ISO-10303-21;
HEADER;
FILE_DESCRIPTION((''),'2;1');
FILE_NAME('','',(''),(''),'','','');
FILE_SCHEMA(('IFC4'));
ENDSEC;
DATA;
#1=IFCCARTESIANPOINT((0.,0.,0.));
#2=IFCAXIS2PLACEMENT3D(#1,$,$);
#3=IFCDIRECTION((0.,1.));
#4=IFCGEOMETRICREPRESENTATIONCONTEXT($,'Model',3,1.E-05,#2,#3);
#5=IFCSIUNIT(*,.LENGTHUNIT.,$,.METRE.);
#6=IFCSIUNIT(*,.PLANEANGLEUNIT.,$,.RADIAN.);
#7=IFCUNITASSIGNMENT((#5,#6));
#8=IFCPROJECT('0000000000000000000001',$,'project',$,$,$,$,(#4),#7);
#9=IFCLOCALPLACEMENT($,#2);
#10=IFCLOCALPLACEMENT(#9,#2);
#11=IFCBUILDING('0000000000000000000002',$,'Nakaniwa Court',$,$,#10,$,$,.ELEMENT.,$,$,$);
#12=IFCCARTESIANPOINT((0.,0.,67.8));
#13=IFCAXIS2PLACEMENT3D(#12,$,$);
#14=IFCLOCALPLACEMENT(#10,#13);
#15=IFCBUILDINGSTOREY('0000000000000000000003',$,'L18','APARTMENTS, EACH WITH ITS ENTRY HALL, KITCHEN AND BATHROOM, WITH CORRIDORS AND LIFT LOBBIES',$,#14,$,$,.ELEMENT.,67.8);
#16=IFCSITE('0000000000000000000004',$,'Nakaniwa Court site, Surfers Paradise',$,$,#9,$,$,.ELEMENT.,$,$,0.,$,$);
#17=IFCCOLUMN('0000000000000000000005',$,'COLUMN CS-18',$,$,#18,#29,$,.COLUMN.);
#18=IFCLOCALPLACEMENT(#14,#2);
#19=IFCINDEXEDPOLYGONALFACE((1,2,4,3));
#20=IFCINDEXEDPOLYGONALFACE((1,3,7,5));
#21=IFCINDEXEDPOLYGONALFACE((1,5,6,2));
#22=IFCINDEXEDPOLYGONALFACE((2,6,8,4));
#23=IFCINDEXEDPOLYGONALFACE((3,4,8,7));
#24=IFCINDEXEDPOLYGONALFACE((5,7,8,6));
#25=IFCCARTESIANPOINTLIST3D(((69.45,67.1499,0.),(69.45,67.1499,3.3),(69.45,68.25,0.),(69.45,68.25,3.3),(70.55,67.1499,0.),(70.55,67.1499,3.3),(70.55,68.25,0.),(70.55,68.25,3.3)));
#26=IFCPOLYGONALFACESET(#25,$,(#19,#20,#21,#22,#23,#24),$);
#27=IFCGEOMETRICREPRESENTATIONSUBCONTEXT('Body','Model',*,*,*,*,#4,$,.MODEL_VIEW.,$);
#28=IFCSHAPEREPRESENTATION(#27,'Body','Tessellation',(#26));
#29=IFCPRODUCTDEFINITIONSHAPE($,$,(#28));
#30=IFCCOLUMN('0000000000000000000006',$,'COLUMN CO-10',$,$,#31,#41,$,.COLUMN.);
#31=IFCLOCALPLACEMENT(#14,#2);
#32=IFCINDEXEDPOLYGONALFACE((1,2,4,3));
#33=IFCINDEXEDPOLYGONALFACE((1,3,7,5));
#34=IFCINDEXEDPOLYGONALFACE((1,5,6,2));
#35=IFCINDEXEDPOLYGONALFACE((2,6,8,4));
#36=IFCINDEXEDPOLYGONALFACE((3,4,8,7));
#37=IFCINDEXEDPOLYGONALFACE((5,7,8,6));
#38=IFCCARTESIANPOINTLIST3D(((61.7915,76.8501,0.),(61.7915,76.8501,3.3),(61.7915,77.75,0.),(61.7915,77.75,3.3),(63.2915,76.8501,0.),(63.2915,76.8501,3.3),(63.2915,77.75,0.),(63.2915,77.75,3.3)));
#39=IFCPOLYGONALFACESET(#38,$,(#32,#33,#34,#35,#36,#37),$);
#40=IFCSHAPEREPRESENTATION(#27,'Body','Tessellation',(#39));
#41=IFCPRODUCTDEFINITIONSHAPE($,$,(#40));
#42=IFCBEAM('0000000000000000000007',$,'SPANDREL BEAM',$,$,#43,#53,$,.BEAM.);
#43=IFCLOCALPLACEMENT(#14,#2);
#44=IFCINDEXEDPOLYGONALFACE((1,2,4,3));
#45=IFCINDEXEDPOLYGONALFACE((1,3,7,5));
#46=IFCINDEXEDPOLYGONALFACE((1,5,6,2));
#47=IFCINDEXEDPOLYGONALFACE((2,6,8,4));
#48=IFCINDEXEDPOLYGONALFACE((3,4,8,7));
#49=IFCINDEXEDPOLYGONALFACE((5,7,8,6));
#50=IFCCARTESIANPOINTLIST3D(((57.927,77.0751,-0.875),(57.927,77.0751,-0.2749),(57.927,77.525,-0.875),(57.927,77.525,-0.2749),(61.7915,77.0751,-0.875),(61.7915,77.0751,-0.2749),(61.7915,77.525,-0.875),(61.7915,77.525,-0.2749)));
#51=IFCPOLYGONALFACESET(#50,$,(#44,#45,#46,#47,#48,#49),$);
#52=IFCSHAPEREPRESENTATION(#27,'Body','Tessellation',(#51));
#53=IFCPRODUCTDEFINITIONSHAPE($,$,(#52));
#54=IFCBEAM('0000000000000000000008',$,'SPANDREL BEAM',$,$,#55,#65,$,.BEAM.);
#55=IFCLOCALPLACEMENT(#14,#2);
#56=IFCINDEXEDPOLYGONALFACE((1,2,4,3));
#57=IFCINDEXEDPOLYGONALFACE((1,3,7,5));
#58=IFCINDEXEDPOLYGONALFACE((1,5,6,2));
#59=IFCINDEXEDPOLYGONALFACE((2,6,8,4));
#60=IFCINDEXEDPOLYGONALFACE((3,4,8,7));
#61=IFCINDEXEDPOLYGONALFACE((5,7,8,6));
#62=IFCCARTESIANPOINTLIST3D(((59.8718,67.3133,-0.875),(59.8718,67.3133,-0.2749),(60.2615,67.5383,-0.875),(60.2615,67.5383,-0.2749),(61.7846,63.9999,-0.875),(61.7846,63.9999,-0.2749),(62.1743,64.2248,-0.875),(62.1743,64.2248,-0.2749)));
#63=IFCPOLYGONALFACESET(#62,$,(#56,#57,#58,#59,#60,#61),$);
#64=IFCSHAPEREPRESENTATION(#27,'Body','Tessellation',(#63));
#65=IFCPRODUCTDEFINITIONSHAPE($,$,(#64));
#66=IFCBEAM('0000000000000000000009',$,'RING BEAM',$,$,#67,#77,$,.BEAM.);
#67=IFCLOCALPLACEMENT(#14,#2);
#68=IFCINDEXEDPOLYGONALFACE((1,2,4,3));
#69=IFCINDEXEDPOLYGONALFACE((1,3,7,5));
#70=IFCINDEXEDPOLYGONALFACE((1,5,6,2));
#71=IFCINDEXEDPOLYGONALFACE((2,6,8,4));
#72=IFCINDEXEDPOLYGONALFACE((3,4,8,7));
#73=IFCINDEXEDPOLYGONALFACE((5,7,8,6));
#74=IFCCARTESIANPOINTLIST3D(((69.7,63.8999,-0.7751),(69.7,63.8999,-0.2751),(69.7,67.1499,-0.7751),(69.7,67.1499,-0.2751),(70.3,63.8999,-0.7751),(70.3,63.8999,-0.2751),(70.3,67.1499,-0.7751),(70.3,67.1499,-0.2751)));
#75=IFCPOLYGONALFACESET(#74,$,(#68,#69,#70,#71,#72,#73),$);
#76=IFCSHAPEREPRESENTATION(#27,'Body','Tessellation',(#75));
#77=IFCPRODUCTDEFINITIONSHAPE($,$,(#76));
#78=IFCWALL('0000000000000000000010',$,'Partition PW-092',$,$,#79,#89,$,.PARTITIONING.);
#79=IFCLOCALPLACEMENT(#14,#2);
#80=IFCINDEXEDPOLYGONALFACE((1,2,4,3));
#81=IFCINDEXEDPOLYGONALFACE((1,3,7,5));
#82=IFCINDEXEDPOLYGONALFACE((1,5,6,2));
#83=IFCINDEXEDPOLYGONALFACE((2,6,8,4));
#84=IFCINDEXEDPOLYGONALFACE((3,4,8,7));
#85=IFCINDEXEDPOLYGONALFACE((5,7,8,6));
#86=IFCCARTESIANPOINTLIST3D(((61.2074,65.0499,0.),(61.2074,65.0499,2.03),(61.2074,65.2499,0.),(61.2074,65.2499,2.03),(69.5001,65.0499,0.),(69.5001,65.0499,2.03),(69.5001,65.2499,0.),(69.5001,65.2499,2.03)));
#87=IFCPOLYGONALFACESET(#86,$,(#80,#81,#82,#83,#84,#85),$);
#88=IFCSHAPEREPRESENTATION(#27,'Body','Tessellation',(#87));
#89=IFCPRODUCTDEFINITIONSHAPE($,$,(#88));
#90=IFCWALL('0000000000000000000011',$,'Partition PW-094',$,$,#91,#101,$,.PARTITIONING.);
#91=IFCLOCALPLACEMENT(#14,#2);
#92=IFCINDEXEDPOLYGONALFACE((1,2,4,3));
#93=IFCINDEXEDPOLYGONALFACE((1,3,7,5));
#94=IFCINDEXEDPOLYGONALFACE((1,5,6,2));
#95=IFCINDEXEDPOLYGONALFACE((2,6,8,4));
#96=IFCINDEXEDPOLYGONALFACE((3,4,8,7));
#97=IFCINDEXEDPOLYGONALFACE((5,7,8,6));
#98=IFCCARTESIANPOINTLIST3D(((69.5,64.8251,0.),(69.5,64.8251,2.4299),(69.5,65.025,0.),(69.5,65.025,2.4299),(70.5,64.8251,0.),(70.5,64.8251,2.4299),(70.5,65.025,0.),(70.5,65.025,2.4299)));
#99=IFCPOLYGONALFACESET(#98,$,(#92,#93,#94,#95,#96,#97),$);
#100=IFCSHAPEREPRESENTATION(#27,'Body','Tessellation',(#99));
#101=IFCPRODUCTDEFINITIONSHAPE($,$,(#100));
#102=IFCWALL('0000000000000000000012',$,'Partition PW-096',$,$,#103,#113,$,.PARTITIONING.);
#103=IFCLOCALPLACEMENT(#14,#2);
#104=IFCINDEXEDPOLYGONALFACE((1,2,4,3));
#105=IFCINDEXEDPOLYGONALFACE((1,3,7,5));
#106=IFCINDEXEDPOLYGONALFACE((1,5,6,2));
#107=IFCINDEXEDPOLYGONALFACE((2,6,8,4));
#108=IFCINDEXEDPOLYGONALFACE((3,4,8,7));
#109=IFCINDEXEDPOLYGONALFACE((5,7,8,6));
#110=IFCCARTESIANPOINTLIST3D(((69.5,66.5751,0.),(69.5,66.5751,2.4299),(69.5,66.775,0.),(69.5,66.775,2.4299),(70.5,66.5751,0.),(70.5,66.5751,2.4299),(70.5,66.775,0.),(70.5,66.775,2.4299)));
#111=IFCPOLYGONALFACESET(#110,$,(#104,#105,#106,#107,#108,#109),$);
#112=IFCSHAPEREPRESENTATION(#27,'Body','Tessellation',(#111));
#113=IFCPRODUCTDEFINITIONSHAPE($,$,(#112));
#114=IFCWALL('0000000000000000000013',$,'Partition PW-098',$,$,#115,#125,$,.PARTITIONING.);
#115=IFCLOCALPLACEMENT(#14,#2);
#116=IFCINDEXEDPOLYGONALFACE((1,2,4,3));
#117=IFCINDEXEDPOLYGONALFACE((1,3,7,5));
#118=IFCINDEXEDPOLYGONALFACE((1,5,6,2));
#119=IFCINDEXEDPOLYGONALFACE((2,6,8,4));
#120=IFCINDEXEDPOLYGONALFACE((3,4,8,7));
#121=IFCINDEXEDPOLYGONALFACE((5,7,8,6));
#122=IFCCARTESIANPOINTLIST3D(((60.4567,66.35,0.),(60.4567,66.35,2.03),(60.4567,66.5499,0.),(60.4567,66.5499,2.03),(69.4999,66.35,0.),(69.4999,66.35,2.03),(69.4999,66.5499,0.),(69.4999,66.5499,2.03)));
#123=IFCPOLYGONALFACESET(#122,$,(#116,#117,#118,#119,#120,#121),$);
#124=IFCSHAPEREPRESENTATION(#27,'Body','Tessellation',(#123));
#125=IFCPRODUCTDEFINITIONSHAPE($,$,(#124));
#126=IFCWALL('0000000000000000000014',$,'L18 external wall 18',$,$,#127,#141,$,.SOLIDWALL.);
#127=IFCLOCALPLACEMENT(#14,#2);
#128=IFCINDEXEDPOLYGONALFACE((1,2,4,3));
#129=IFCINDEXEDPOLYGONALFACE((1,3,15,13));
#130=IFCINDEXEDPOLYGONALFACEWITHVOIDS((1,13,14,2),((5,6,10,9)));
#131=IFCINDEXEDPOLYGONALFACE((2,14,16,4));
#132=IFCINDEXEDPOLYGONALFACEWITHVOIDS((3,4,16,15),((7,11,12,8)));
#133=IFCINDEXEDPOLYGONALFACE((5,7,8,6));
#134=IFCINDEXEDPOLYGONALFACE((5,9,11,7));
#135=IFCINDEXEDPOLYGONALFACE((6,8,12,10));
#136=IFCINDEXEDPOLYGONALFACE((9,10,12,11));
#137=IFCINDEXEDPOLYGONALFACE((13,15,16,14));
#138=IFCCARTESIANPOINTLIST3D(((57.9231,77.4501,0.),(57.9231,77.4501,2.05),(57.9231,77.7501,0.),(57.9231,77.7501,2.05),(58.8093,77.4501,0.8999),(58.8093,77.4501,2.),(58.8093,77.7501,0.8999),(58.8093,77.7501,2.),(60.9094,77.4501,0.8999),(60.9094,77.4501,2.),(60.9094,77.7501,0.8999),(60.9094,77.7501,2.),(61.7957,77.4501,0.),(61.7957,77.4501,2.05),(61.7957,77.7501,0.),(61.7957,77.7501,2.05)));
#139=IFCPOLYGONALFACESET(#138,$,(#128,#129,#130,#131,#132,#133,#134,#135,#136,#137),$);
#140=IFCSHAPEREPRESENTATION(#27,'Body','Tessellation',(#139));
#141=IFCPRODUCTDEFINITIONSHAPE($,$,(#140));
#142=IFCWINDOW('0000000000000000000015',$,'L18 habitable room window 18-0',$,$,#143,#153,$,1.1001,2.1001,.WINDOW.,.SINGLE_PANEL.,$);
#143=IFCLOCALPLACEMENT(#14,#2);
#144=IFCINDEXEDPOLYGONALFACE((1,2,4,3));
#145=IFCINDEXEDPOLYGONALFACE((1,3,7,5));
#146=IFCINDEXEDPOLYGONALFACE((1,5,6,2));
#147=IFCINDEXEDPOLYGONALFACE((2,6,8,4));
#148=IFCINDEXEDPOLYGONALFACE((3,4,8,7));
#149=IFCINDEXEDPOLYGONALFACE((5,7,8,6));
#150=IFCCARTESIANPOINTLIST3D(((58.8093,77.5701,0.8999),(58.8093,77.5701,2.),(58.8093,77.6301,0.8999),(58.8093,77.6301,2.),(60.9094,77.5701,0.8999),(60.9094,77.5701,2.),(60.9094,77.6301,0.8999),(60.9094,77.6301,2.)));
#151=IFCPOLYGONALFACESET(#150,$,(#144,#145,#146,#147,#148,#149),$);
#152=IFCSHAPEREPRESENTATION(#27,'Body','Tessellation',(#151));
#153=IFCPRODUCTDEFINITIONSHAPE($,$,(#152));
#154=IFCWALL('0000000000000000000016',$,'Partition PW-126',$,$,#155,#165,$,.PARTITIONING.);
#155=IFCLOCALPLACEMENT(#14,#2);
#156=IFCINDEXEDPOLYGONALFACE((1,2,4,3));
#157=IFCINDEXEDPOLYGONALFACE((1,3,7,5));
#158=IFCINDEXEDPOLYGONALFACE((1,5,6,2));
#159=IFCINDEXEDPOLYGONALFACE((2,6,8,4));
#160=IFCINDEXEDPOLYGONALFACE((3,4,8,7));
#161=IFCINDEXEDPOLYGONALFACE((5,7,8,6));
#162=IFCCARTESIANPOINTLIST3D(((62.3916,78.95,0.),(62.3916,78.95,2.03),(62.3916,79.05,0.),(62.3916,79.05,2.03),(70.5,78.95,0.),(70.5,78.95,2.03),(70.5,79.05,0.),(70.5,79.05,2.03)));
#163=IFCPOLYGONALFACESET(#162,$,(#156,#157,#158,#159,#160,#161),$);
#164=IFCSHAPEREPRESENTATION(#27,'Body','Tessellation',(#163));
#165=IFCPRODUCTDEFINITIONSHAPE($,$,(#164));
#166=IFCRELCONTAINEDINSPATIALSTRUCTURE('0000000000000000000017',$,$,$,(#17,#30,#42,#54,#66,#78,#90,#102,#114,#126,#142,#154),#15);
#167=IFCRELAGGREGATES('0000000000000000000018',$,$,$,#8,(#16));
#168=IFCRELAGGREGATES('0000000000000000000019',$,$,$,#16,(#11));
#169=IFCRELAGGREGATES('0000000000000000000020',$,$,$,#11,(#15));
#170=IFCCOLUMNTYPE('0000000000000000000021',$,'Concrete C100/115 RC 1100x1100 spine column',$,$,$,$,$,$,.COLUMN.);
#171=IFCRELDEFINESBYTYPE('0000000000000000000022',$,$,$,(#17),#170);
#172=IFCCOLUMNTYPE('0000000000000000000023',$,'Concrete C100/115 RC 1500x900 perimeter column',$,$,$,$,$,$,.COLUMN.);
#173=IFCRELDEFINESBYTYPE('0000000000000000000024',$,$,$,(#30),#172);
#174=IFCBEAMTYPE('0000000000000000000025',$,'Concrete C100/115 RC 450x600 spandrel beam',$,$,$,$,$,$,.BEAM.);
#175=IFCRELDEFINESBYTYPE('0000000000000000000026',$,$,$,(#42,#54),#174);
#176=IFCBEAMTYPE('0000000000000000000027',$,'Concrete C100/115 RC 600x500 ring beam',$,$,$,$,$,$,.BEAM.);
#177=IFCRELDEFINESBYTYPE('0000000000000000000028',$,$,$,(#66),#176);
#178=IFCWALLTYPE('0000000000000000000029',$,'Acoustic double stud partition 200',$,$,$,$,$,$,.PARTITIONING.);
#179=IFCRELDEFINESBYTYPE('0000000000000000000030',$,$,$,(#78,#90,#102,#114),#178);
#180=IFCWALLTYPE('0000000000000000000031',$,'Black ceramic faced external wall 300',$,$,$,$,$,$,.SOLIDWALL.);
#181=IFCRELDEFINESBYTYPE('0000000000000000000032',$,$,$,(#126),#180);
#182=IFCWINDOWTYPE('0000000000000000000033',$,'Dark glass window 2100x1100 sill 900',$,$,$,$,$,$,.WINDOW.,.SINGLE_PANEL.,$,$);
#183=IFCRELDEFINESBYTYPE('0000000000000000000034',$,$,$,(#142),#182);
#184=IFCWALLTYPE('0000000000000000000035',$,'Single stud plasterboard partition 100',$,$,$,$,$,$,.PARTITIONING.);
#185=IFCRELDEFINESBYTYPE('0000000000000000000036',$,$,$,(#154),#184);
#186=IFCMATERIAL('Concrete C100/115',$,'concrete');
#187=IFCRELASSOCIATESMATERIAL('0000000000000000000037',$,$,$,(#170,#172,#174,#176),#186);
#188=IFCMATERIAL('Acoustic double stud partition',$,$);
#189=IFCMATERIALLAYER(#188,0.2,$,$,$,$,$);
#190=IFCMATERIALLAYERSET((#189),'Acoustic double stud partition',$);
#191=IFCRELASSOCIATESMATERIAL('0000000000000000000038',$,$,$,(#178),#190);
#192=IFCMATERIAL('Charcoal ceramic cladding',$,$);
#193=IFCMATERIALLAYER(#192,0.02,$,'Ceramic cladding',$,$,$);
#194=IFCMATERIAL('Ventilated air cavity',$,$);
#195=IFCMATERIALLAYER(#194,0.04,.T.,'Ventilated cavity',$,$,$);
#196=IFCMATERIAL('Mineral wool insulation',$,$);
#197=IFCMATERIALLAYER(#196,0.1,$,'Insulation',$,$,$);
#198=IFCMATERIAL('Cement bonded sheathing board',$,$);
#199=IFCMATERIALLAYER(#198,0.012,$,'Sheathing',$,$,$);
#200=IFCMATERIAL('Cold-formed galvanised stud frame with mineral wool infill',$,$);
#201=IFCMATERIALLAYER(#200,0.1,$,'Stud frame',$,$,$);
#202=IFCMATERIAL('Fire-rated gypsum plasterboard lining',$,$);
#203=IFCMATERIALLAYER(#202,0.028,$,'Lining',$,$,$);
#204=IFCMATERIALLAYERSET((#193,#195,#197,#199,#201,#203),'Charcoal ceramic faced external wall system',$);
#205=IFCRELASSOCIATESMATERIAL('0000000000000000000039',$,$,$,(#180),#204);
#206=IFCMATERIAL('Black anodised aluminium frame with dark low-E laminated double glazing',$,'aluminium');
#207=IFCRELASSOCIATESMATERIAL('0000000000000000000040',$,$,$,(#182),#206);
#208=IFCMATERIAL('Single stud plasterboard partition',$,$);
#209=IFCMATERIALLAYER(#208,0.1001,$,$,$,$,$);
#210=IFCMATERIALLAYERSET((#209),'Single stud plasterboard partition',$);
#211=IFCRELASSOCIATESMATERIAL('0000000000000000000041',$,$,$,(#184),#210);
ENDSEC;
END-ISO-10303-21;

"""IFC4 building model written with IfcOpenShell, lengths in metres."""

from ifc_helpers import new_model, si_unit, direction, frame, frame_2d, origin, origin_2d, place, context, subcontext, project, spatial, rectangle, extrude, material, layer, layer_set, material_profile, profile_set, type_object, element, fill, save


model = new_model("IFC4")

# Units and contexts
model_context = context("Model", 3, precision=1e-05, world=origin(), true_north=direction((0.0, 1.0)))
body_context = subcontext(model_context, "Body", "Model", "MODEL_VIEW")
ifc_project = project(units=[si_unit("LENGTHUNIT", "METRE"), si_unit("PLANEANGLEUNIT", "RADIAN")], contexts=[model_context])

# Site, building, storey
site_placement = place(None, origin())
site = spatial("IfcSite", under=ifc_project, at=site_placement, Name="Nakaniwa Court site, Surfers Paradise", CompositionType="ELEMENT", RefElevation=0.0)
building_placement = place(site_placement, origin())
building = spatial("IfcBuilding", under=site, at=building_placement, Name="Nakaniwa Court", CompositionType="ELEMENT")
storey_placement = place(building_placement, frame((0.0, 0.0, 67.8)))
storey = spatial("IfcBuildingStorey", under=building, at=storey_placement, Name="L18", Description="APARTMENTS, EACH WITH ITS ENTRY HALL, KITCHEN AND BATHROOM, WITH CORRIDORS AND LIFT LOBBIES", CompositionType="ELEMENT", Elevation=67.8)

# Columns
ifc_material_1 = material(Name="Concrete C100/115", Category="concrete")
ifc_material_profile_1 = material_profile(ifc_material_1, rectangle(XDim=1.1001, YDim=1.1001, at=origin_2d()), Name="Concrete C100/115 RC 1100x1100 spine column")
ifc_profile_set_1 = profile_set([ifc_material_profile_1], Name="Concrete C100/115")
column_type_1 = type_object("IfcColumnType", Name="Concrete C100/115 RC 1100x1100 spine column", PredefinedType="COLUMN", material=ifc_profile_set_1)
column_1_placement = place(storey_placement, frame((70.0, 67.7, 0.0), z_axis=(0.0, 0.0, 1.0), x_axis=(0.0, -1.0, 0.0)))
element("IfcColumn", 1, at=column_1_placement, inside=storey, type_object=column_type_1, Name="COLUMN CS-18", PredefinedType="COLUMN", context=body_context, shape_type="SweptSolid", body=[
    extrude(rectangle(XDim=1.1001, YDim=1.1001, at=origin_2d()), origin(), (0.0, 0.0, 1.0), 3.3),
])
ifc_material_profile_2 = material_profile(ifc_material_1, rectangle(XDim=1.5, YDim=0.8999, at=origin_2d()), Name="Concrete C100/115 RC 1500x900 perimeter column")
ifc_profile_set_2 = profile_set([ifc_material_profile_2], Name="Concrete C100/115")
column_type_2 = type_object("IfcColumnType", Name="Concrete C100/115 RC 1500x900 perimeter column", PredefinedType="COLUMN", material=ifc_profile_set_2)
column_2_placement = place(storey_placement, frame((62.5415, 77.3, 0.0), z_axis=(0.0, 0.0, 1.0), x_axis=(-1.0, 0.0, 0.0)))
element("IfcColumn", 2, at=column_2_placement, inside=storey, type_object=column_type_2, Name="COLUMN CO-10", PredefinedType="COLUMN", context=body_context, shape_type="SweptSolid", body=[
    extrude(rectangle(XDim=1.5, YDim=0.8999, at=origin_2d()), origin(), (0.0, 0.0, 1.0), 3.3),
])

# Beams
ifc_material_profile_3 = material_profile(ifc_material_1, rectangle(XDim=0.45, YDim=0.6001, at=origin_2d()), Name="Concrete C100/115 RC 450x600 spandrel beam")
ifc_profile_set_3 = profile_set([ifc_material_profile_3], Name="Concrete C100/115")
beam_type_1 = type_object("IfcBeamType", Name="Concrete C100/115 RC 450x600 spandrel beam", PredefinedType="BEAM", material=ifc_profile_set_3)
beam_1_placement = place(storey_placement, frame((61.7915, 77.3, -0.575), z_axis=(-1.0, 0.0, 0.0), x_axis=(0.0, -1.0, 0.0)))
element("IfcBeam", 3, at=beam_1_placement, inside=storey, type_object=beam_type_1, Name="SPANDREL BEAM", PredefinedType="BEAM", context=body_context, shape_type="SweptSolid", body=[
    extrude(rectangle(XDim=0.45, YDim=0.6001, at=origin_2d()), origin(), (0.0, 0.0, 1.0), 3.8645),
])
beam_2_placement = place(storey_placement, frame((60.0667, 67.4258, -0.575), z_axis=(0.499962, -0.866047, 0.0), x_axis=(0.866047, 0.499962, 0.0)))
element("IfcBeam", 4, at=beam_2_placement, inside=storey, type_object=beam_type_1, Name="SPANDREL BEAM", PredefinedType="BEAM", context=body_context, shape_type="SweptSolid", body=[
    extrude(rectangle(XDim=0.45, YDim=0.6001, at=origin_2d()), origin(), (0.0, 0.0, 1.0), 3.8259),
])
ifc_material_profile_4 = material_profile(ifc_material_1, rectangle(XDim=0.6001, YDim=0.5, at=origin_2d()), Name="Concrete C100/115 RC 600x500 ring beam")
ifc_profile_set_4 = profile_set([ifc_material_profile_4], Name="Concrete C100/115")
beam_type_2 = type_object("IfcBeamType", Name="Concrete C100/115 RC 600x500 ring beam", PredefinedType="BEAM", material=ifc_profile_set_4)
beam_3_placement = place(storey_placement, frame((70.0, 67.1499, -0.5251), z_axis=(0.0, -1.0, 0.0), x_axis=(1.0, 0.0, 0.0)))
element("IfcBeam", 5, at=beam_3_placement, inside=storey, type_object=beam_type_2, Name="RING BEAM", PredefinedType="BEAM", context=body_context, shape_type="SweptSolid", body=[
    extrude(rectangle(XDim=0.6001, YDim=0.5, at=origin_2d()), origin(), (0.0, 0.0, 1.0), 3.25),
])

# Walls
ifc_material_2 = material(Name="Acoustic double stud partition")
ifc_layer_1 = layer(ifc_material_2, 0.2)
ifc_layer_set_1 = layer_set([ifc_layer_1], Name="Acoustic double stud partition")
wall_type_1 = type_object("IfcWallType", Name="Acoustic double stud partition 200", PredefinedType="PARTITIONING", material=ifc_layer_set_1)
wall_1_placement = place(storey_placement, frame((61.2073, 65.1499, 0.0), z_axis=(0.0, 0.0, 1.0), x_axis=(1.0, 0.0, 0.0)))
element("IfcWall", 6, at=wall_1_placement, inside=storey, type_object=wall_type_1, Name="Partition PW-092", PredefinedType="PARTITIONING", context=body_context, shape_type="SweptSolid", body=[
    extrude(rectangle(XDim=8.2927, YDim=0.2, at=frame_2d((4.1465, 0.0))), origin(), (0.0, 0.0, 1.0), 2.03),
])
for number, where, z_axis, x_axis, name in (
    (7, (69.5, 64.925, 0.0), (0.0, 0.0, 1.0), (1.0, 0.0, 0.0), "Partition PW-094"),
    (8, (69.5, 66.675, 0.0), (0.0, 0.0, 1.0), (1.0, 0.0, 0.0), "Partition PW-096"),
):
    element("IfcWall", number, at=place(storey_placement, frame(where, z_axis=z_axis, x_axis=x_axis)), inside=storey, type_object=wall_type_1, Name=name, PredefinedType="PARTITIONING", context=body_context, shape_type="SweptSolid", body=[
        extrude(rectangle(XDim=1.0, YDim=0.2, at=frame_2d((0.5, 0.0))), origin(), (0.0, 0.0, 1.0), 2.4299),
    ])
wall_2_placement = place(storey_placement, frame((60.4568, 66.45, 0.0), z_axis=(0.0, 0.0, 1.0), x_axis=(1.0, 0.0, 0.0)))
element("IfcWall", 9, at=wall_2_placement, inside=storey, type_object=wall_type_1, Name="Partition PW-098", PredefinedType="PARTITIONING", context=body_context, shape_type="SweptSolid", body=[
    extrude(rectangle(XDim=9.0432, YDim=0.2, at=frame_2d((4.5215, 0.0))), origin(), (0.0, 0.0, 1.0), 2.03),
])

# Wall, opening, window
ifc_material_3 = material(Name="Charcoal ceramic cladding")
ifc_layer_2 = layer(ifc_material_3, 0.02, Name="Ceramic cladding")
ifc_material_4 = material(Name="Ventilated air cavity")
ifc_layer_3 = layer(ifc_material_4, 0.04, ventilated=True, Name="Ventilated cavity")
ifc_material_5 = material(Name="Mineral wool insulation")
ifc_layer_4 = layer(ifc_material_5, 0.1, Name="Insulation")
ifc_material_6 = material(Name="Cement bonded sheathing board")
ifc_layer_5 = layer(ifc_material_6, 0.012, Name="Sheathing")
ifc_material_7 = material(Name="Cold-formed galvanised stud frame with mineral wool infill")
ifc_layer_6 = layer(ifc_material_7, 0.1, Name="Stud frame")
ifc_material_8 = material(Name="Fire-rated gypsum plasterboard lining")
ifc_layer_7 = layer(ifc_material_8, 0.028, Name="Lining")
ifc_layer_set_2 = layer_set([ifc_layer_2, ifc_layer_3, ifc_layer_4, ifc_layer_5, ifc_layer_6, ifc_layer_7], Name="Charcoal ceramic faced external wall system")
wall_type_2 = type_object("IfcWallType", Name="Black ceramic faced external wall 300", PredefinedType="SOLIDWALL", material=ifc_layer_set_2)
wall_3_placement = place(storey_placement, frame((61.7957, 77.6001, 0.0), z_axis=(0.0, 0.0, 1.0), x_axis=(-1.0, 0.0, 0.0)))
wall_3 = element("IfcWall", 10, at=wall_3_placement, inside=storey, type_object=wall_type_2, Name="L18 external wall 18", PredefinedType="SOLIDWALL", context=body_context, shape_type="SweptSolid", body=[
    extrude(rectangle(XDim=3.8726, YDim=0.3, at=frame_2d((1.9363, 0.0))), origin(), (0.0, 0.0, 1.0), 2.05),
])
opening_1_placement = place(wall_3_placement, frame((0.8862, 0.0, 0.8999)))
opening_1 = element("IfcOpeningElement", 11, at=opening_1_placement, cuts=wall_3, PredefinedType="OPENING", context=body_context, shape_type="SweptSolid", body=[
    extrude(rectangle(XDim=2.1001, YDim=1.1001, at=frame_2d((1.05, 0.55))), frame((0.0, 0.1599, 0.0), z_axis=(0.0, -1.0, 0.0), x_axis=(1.0, 0.0, 0.0)), (0.0, 0.0, 1.0), 0.3201),
])
ifc_material_9 = material(Name="Black anodised aluminium frame with dark low-E laminated double glazing", Category="aluminium")
window_type = type_object("IfcWindowType", Name="Dark glass window 2100x1100 sill 900", PartitioningType="SINGLE_PANEL", PredefinedType="WINDOW", material=ifc_material_9)
window_placement = place(opening_1_placement, origin())
window = element("IfcWindow", 12, at=window_placement, inside=storey, type_object=window_type, Name="L18 habitable room window 18-0", OverallHeight=1.1001, OverallWidth=2.1001, PartitioningType="SINGLE_PANEL", PredefinedType="WINDOW", context=body_context, shape_type="SweptSolid", body=[
    extrude(rectangle(XDim=2.1001, YDim=1.1001, at=frame_2d((1.05, 0.55))), frame((0.0, 0.03, 0.0), z_axis=(0.0, -1.0, 0.0), x_axis=(1.0, 0.0, 0.0)), (0.0, 0.0, 1.0), 0.0601),
])
fill(opening_1, window)

# Wall
ifc_material_10 = material(Name="Single stud plasterboard partition")
ifc_layer_8 = layer(ifc_material_10, 0.1001)
ifc_layer_set_3 = layer_set([ifc_layer_8], Name="Single stud plasterboard partition")
wall_type_3 = type_object("IfcWallType", Name="Single stud plasterboard partition 100", PredefinedType="PARTITIONING", material=ifc_layer_set_3)
wall_4_placement = place(storey_placement, frame((62.3916, 79.0, 0.0), z_axis=(0.0, 0.0, 1.0), x_axis=(1.0, 0.0, 0.0)))
element("IfcWall", 13, at=wall_4_placement, inside=storey, type_object=wall_type_3, Name="Partition PW-126", PredefinedType="PARTITIONING", context=body_context, shape_type="SweptSolid", body=[
    extrude(rectangle(XDim=8.1084, YDim=0.1001, at=frame_2d((4.0542, 0.0))), origin(), (0.0, 0.0, 1.0), 2.03),
])

save(model, "model.ifc")
